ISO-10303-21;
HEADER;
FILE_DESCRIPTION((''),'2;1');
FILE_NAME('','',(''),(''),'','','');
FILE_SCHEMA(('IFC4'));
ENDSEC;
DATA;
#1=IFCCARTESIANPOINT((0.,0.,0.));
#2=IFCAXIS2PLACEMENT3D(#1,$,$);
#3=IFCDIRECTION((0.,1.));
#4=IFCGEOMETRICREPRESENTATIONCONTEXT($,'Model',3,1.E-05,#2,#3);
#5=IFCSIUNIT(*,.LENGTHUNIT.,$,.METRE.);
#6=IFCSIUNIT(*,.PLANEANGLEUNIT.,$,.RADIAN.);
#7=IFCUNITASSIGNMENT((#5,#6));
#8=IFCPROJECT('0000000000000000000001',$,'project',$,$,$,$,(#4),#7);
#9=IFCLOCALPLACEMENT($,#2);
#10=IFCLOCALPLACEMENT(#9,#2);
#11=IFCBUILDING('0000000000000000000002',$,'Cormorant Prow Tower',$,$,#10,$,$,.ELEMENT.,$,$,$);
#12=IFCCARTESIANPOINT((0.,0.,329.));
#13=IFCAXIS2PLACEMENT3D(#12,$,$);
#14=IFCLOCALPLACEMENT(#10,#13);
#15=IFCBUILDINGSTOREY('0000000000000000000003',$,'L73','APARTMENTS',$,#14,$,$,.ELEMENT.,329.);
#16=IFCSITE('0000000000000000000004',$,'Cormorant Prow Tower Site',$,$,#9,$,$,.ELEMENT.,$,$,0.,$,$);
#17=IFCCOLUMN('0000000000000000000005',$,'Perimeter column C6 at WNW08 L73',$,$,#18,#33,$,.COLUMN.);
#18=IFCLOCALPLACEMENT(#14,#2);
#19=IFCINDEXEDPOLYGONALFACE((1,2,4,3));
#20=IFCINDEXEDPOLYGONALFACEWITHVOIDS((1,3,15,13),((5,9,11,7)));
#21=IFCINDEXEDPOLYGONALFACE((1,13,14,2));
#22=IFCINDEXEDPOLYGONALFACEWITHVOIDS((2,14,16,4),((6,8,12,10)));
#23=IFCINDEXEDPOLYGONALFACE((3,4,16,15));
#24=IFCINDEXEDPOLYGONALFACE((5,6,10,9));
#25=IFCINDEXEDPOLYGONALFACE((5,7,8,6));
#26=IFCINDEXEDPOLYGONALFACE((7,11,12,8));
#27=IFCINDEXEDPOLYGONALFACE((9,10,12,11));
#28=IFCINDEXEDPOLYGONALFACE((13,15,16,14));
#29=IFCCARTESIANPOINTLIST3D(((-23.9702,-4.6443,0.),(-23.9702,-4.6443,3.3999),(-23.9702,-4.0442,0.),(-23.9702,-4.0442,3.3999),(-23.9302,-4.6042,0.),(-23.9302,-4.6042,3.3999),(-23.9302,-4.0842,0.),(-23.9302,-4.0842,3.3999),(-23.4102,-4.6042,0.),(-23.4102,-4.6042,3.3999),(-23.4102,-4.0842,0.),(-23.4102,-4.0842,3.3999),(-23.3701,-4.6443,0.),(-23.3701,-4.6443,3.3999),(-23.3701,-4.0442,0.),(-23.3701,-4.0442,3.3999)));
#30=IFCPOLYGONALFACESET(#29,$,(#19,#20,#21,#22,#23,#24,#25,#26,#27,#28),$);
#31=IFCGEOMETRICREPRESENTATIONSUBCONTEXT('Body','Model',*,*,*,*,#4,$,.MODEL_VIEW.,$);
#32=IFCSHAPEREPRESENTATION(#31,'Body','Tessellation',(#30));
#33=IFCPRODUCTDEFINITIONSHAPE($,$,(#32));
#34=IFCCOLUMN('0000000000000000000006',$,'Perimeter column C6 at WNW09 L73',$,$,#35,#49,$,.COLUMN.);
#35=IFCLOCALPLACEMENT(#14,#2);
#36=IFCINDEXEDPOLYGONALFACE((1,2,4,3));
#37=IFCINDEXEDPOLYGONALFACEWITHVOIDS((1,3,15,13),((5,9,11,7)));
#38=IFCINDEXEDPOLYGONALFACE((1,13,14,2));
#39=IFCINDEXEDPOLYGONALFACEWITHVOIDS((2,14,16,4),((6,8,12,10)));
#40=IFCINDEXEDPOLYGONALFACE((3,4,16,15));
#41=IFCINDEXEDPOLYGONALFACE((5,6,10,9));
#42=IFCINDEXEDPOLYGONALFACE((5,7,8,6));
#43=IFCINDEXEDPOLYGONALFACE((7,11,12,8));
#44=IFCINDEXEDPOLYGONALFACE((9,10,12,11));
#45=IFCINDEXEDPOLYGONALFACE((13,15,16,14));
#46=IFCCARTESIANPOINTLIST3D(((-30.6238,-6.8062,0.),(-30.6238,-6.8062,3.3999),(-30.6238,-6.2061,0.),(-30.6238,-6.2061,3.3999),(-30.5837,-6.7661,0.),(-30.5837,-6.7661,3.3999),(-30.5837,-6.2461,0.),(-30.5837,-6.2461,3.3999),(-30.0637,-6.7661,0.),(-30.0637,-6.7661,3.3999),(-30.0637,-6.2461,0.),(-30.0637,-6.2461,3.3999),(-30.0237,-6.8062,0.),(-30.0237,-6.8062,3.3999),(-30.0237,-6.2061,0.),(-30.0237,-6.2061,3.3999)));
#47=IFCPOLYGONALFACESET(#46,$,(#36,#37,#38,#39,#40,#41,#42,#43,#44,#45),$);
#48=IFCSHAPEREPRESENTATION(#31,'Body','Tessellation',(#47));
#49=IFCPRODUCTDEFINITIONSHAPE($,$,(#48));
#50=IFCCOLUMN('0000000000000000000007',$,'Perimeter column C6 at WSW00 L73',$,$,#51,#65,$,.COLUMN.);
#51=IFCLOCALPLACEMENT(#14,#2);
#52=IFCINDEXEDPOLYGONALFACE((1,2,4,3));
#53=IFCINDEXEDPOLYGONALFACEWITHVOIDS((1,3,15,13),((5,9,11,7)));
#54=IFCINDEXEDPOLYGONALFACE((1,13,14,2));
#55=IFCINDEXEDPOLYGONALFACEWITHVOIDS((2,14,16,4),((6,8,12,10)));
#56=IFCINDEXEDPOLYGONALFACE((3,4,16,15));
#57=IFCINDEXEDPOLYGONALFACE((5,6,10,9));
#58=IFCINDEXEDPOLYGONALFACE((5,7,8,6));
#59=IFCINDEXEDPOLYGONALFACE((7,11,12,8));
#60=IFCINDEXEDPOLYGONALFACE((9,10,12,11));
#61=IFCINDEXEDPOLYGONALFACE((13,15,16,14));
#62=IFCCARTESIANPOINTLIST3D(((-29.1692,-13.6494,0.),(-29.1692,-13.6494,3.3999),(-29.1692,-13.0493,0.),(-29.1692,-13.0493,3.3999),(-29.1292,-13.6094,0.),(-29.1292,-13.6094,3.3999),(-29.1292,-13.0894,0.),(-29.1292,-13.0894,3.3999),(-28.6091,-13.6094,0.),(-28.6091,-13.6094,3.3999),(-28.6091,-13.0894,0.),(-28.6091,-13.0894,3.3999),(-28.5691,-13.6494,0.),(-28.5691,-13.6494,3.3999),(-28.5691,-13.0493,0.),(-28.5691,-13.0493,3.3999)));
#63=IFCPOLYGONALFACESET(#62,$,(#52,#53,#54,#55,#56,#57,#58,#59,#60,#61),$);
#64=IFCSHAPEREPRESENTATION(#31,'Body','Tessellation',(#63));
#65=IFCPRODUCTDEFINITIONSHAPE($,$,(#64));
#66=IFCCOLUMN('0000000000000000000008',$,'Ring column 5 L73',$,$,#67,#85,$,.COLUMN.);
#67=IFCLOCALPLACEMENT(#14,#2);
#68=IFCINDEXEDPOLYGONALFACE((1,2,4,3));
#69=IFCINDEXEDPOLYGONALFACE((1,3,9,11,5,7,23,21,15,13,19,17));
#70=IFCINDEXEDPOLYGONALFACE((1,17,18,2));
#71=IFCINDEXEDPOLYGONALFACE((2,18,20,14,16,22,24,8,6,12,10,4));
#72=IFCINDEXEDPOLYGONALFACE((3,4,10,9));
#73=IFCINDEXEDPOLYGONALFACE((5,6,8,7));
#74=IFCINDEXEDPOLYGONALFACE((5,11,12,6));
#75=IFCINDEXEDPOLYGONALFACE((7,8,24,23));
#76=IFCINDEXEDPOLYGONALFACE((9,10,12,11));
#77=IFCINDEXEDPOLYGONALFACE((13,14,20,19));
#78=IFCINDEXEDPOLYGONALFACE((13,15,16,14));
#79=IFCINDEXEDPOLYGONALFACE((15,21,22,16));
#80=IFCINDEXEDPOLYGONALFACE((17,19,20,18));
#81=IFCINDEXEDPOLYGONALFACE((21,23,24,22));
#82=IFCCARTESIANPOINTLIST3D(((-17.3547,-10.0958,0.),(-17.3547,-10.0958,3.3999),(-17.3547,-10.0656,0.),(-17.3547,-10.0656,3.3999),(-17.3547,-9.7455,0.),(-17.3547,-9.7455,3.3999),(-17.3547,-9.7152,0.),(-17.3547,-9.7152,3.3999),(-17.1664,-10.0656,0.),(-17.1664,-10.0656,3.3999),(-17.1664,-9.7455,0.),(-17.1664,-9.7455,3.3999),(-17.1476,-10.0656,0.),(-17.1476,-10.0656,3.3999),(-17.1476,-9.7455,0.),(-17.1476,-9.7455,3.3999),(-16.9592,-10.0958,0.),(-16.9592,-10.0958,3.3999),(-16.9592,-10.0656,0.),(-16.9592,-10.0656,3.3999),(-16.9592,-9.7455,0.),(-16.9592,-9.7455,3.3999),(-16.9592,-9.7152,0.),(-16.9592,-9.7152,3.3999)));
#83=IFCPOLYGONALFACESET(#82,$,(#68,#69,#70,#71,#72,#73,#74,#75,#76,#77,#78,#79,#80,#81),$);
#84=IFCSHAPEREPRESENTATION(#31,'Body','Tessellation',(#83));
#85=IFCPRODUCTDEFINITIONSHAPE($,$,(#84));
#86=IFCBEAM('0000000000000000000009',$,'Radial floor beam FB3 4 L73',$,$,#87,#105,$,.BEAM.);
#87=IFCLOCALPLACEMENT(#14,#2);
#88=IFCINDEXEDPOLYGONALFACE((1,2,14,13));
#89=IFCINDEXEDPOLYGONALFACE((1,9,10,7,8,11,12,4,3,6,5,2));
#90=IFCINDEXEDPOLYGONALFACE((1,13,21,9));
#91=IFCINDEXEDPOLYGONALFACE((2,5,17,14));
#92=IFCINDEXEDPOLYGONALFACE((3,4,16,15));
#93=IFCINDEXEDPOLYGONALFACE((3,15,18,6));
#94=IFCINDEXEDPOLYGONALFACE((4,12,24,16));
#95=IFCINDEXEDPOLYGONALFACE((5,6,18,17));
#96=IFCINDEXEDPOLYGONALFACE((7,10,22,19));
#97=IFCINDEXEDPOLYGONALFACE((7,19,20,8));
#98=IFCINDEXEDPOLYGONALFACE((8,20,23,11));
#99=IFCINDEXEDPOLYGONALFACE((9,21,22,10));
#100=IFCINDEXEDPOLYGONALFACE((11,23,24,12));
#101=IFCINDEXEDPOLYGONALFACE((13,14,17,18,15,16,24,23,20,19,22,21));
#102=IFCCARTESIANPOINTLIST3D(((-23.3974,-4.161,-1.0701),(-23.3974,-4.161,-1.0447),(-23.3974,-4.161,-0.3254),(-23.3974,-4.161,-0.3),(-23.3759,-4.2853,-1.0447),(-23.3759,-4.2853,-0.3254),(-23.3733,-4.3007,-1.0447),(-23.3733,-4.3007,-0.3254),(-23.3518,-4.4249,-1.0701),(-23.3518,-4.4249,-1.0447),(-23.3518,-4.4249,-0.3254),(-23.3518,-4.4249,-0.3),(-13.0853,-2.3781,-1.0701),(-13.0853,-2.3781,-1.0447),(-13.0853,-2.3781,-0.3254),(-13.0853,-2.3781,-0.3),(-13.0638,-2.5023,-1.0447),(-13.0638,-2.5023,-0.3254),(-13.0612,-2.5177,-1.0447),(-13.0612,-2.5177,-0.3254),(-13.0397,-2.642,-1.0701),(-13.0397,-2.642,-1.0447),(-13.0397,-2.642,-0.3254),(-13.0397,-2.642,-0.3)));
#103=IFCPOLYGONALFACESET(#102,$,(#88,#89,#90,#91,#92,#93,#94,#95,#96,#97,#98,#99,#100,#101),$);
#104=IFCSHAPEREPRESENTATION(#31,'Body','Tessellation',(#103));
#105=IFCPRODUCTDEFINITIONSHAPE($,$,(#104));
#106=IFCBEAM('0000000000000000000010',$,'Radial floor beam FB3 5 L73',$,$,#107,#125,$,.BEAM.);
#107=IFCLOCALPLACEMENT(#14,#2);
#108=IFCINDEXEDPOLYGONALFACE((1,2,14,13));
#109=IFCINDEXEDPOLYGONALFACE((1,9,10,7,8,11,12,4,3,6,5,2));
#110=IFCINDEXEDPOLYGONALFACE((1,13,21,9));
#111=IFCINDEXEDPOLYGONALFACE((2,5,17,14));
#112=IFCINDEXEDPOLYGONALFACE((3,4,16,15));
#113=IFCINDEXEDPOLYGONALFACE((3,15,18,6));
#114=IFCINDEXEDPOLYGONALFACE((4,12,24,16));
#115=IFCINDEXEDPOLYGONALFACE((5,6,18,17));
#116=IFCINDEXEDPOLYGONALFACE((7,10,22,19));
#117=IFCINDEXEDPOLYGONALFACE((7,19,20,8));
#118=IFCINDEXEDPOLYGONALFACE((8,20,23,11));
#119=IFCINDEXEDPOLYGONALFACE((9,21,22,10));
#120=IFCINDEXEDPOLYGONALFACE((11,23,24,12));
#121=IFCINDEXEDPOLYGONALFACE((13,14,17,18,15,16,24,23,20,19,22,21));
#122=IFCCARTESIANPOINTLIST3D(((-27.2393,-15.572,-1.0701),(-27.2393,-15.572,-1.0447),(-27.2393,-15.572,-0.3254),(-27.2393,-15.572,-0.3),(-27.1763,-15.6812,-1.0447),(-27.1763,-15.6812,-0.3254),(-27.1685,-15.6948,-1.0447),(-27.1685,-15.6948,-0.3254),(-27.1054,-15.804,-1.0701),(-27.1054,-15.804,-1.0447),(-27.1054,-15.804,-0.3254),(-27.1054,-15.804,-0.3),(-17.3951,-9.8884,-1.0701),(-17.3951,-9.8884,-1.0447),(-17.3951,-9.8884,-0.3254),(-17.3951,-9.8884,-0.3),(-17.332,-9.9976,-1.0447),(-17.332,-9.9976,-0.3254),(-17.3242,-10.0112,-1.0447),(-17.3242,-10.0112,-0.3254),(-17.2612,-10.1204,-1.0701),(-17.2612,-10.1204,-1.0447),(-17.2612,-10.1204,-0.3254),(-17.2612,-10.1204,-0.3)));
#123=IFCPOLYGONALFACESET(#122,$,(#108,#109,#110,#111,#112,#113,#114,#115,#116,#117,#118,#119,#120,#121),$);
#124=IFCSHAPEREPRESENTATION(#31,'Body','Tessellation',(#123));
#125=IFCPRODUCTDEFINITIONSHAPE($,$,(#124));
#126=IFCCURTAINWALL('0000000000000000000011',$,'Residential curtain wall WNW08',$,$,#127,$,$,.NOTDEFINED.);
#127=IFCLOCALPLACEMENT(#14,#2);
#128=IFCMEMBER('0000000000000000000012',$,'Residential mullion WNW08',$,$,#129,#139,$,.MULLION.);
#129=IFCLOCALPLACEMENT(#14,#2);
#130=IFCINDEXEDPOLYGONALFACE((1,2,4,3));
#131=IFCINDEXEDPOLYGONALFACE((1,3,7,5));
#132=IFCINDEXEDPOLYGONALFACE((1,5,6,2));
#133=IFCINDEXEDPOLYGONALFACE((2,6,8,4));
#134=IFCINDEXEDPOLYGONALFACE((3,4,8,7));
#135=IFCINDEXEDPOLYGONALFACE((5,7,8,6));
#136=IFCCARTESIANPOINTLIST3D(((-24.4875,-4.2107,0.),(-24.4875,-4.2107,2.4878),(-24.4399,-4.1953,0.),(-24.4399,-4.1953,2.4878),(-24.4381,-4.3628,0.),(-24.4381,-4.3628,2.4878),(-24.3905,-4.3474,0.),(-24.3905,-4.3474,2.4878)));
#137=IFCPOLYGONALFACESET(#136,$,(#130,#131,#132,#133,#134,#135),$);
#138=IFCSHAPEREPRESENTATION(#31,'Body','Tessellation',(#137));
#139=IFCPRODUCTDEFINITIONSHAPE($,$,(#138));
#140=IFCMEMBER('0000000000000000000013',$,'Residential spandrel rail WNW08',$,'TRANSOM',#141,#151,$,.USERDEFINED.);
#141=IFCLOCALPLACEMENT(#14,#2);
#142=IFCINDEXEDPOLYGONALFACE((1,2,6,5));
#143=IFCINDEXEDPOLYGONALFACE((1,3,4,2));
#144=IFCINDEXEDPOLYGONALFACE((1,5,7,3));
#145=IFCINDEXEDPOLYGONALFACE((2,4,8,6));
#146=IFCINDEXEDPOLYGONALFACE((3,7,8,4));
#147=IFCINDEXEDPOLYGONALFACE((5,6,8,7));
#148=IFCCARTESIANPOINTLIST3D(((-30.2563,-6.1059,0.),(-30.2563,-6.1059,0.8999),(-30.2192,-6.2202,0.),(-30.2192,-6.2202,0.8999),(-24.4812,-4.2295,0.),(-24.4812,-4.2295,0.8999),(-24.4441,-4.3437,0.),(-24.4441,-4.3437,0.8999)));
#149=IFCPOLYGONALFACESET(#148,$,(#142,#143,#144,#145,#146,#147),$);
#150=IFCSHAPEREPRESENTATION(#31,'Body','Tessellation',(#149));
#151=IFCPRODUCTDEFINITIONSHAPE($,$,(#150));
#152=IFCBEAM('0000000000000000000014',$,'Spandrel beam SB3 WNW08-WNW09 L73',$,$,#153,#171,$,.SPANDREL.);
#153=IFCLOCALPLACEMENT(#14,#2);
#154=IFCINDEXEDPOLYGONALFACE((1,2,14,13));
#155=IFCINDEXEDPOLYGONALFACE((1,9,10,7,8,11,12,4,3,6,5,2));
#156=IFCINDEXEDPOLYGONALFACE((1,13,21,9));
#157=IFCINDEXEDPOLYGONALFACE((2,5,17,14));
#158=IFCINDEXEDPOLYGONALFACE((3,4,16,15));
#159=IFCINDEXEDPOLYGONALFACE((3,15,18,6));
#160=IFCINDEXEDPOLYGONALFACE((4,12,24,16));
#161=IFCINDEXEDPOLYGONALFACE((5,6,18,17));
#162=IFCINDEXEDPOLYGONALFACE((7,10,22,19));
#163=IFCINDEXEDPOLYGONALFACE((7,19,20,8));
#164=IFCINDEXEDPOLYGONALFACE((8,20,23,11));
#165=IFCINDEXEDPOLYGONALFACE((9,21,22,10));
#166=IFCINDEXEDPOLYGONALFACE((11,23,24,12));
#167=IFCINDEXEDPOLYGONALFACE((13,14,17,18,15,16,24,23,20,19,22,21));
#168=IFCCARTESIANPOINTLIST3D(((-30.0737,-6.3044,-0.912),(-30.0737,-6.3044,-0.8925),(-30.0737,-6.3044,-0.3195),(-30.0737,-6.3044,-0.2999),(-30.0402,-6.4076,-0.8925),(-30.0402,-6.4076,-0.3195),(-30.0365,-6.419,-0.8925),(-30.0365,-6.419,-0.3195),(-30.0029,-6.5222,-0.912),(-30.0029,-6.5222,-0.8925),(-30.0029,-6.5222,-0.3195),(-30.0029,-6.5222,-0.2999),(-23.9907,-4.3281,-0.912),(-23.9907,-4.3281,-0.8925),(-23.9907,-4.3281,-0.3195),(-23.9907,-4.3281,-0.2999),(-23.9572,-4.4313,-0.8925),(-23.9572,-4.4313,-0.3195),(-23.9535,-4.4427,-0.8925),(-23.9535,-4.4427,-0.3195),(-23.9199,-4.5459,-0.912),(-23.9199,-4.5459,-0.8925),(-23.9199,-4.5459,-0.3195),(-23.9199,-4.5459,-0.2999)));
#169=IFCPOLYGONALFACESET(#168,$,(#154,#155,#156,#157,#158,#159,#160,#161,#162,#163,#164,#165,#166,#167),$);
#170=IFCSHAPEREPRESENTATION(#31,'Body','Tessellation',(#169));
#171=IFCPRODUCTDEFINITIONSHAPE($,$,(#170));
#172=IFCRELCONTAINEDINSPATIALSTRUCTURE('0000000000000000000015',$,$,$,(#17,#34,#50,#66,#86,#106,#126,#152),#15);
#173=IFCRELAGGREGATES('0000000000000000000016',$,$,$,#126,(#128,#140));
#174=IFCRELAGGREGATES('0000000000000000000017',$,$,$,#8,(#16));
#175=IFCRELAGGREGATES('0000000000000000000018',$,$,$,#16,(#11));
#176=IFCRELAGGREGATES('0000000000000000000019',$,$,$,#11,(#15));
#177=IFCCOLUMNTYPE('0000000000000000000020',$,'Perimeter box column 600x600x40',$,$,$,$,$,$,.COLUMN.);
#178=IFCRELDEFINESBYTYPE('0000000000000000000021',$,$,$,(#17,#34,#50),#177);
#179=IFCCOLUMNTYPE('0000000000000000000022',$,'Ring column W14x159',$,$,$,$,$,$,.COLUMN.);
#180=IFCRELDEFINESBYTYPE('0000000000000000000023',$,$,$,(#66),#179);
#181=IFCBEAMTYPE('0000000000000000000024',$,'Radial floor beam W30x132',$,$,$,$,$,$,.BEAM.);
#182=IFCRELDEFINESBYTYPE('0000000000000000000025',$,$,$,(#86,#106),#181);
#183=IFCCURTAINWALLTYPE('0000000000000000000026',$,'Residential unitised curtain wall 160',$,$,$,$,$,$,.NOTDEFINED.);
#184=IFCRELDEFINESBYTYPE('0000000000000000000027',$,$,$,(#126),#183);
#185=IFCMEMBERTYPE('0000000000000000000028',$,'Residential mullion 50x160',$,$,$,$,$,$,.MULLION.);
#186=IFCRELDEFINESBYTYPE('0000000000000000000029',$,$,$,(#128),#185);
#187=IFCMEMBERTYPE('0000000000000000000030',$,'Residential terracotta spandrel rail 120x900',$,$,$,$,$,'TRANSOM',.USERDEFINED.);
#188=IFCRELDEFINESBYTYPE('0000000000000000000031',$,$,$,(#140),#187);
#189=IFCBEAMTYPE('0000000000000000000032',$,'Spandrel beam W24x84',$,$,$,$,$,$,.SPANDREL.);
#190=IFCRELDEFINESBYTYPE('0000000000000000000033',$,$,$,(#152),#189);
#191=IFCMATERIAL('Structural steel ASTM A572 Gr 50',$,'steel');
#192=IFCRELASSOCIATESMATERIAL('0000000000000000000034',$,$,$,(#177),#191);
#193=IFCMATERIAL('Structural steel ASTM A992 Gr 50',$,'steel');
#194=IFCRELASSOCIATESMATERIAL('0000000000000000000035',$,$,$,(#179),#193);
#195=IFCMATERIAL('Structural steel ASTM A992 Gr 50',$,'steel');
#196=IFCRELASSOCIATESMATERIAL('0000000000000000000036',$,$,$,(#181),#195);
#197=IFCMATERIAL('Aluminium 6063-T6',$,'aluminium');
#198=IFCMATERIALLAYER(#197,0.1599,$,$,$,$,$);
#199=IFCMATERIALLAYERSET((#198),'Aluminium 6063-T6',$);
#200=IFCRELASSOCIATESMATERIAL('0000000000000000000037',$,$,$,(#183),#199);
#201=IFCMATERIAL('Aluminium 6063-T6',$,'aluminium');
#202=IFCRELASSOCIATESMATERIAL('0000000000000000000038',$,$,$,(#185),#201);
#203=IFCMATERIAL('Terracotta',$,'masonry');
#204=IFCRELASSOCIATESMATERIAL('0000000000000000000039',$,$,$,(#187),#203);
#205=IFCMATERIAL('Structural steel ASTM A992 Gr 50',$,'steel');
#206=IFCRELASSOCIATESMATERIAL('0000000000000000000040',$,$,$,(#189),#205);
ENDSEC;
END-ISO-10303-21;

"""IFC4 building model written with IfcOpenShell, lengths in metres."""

from ifc_helpers import new_model, si_unit, direction, frame, origin, origin_2d, place, context, subcontext, project, spatial, rectangle, hollow_rectangle, i_section, extrude, material, layer, layer_set, material_profile, profile_set, type_object, element, aggregate, save


model = new_model("IFC4")

# Units and contexts
model_context = context("Model", 3, precision=1e-05, world=origin(), true_north=direction((0.0, 1.0)))
body_context = subcontext(model_context, "Body", "Model", "MODEL_VIEW")
ifc_project = project(units=[si_unit("LENGTHUNIT", "METRE"), si_unit("PLANEANGLEUNIT", "RADIAN")], contexts=[model_context])

# Site, building, storey
site_placement = place(None, origin())
site = spatial("IfcSite", under=ifc_project, at=site_placement, Name="Cormorant Prow Tower Site", CompositionType="ELEMENT", RefElevation=0.0)
building_placement = place(site_placement, origin())
building = spatial("IfcBuilding", under=site, at=building_placement, Name="Cormorant Prow Tower", CompositionType="ELEMENT")
storey_placement = place(building_placement, frame((0.0, 0.0, 329.0)))
storey = spatial("IfcBuildingStorey", under=building, at=storey_placement, Name="L73", Description="APARTMENTS", CompositionType="ELEMENT", Elevation=329.0)

# Columns
ifc_material_1 = material(Name="Structural steel ASTM A572 Gr 50", Category="steel")
ifc_material_profile_1 = material_profile(ifc_material_1, hollow_rectangle(XDim=0.6001, YDim=0.6001, WallThickness=0.04, at=origin_2d()), Name="Box 600x600x40")
ifc_profile_set_1 = profile_set([ifc_material_profile_1], Name="Structural steel ASTM A572 Gr 50")
column_type_1 = type_object("IfcColumnType", Name="Perimeter box column 600x600x40", PredefinedType="COLUMN", material=ifc_profile_set_1)
for number, where, z_axis, x_axis, name in (
    (1, (-23.6702, -4.3442, 0.0), (0.0, 0.0, 1.0), (1.0, 0.0, 0.0), "Perimeter column C6 at WNW08 L73"),
    (2, (-30.3237, -6.5061, 0.0), (0.0, 0.0, 1.0), (1.0, 0.0, 0.0), "Perimeter column C6 at WNW09 L73"),
    (3, (-28.8691, -13.3494, 0.0), (0.0, 0.0, 1.0), (1.0, 0.0, 0.0), "Perimeter column C6 at WSW00 L73"),
):
    element("IfcColumn", number, at=place(storey_placement, frame(where, z_axis=z_axis, x_axis=x_axis)), inside=storey, type_object=column_type_1, Name=name, PredefinedType="COLUMN", context=body_context, shape_type="SweptSolid", body=[
        extrude(hollow_rectangle(XDim=0.6001, YDim=0.6001, WallThickness=0.04, at=origin_2d()), origin(), (0.0, 0.0, 1.0), 3.3999),
    ])
ifc_material_2 = material(Name="Structural steel ASTM A992 Gr 50", Category="steel")
ifc_material_profile_2 = material_profile(ifc_material_2, i_section(OverallWidth=0.3955, OverallDepth=0.3806, WebThickness=0.0188, FlangeThickness=0.0303, at=origin_2d()), Name="W14x159")
ifc_profile_set_2 = profile_set([ifc_material_profile_2], Name="Structural steel ASTM A992 Gr 50")
column_type_2 = type_object("IfcColumnType", Name="Ring column W14x159", PredefinedType="COLUMN", material=ifc_profile_set_2)
column_placement = place(storey_placement, frame((-17.157, -9.9055, 0.0), z_axis=(0.0, 0.0, 1.0), x_axis=(1.0, 0.0, 0.0)))
element("IfcColumn", 4, at=column_placement, inside=storey, type_object=column_type_2, Name="Ring column 5 L73", PredefinedType="COLUMN", context=body_context, shape_type="SweptSolid", body=[
    extrude(i_section(OverallWidth=0.3955, OverallDepth=0.3806, WebThickness=0.0188, FlangeThickness=0.0303, at=origin_2d()), origin(), (0.0, 0.0, 1.0), 3.3999),
])

# Beams
ifc_material_3 = material(Name="Structural steel ASTM A992 Gr 50", Category="steel")
ifc_material_profile_3 = material_profile(ifc_material_3, i_section(OverallWidth=0.2678, OverallDepth=0.77, WebThickness=0.0156, FlangeThickness=0.0254, at=origin_2d()), Name="W30x132")
ifc_profile_set_3 = profile_set([ifc_material_profile_3], Name="Structural steel ASTM A992 Gr 50")
beam_type_1 = type_object("IfcBeamType", Name="Radial floor beam W30x132", PredefinedType="BEAM", material=ifc_profile_set_3)
beam_1_placement = place(storey_placement, frame((-13.0625, -2.51, -0.6851), z_axis=(-0.98538, -0.170373, 0.0), x_axis=(0.170373, -0.98538, 0.0)))
element("IfcBeam", 5, at=beam_1_placement, inside=storey, type_object=beam_type_1, Name="Radial floor beam FB3 4 L73", PredefinedType="BEAM", context=body_context, shape_type="SweptSolid", body=[
    extrude(i_section(OverallWidth=0.2678, OverallDepth=0.77, WebThickness=0.0156, FlangeThickness=0.0254, at=origin_2d()), origin(), (0.0, 0.0, 1.0), 10.4651),
])
beam_2_placement = place(storey_placement, frame((-17.3281, -10.0044, -0.6851), z_axis=(-0.866025, -0.500001, 0.0), x_axis=(0.500001, -0.866025, 0.0)))
element("IfcBeam", 6, at=beam_2_placement, inside=storey, type_object=beam_type_1, Name="Radial floor beam FB3 5 L73", PredefinedType="BEAM", context=body_context, shape_type="SweptSolid", body=[
    extrude(i_section(OverallWidth=0.2678, OverallDepth=0.77, WebThickness=0.0156, FlangeThickness=0.0254, at=origin_2d()), origin(), (0.0, 0.0, 1.0), 11.3672),
])

# Curtain wall, members
ifc_material_4 = material(Name="Aluminium 6063-T6", Category="aluminium")
ifc_layer_1 = layer(ifc_material_4, 0.1599)
ifc_layer_set_1 = layer_set([ifc_layer_1], Name="Aluminium 6063-T6")
curtain_wall_type = type_object("IfcCurtainWallType", Name="Residential unitised curtain wall 160", PredefinedType="NOTDEFINED", material=ifc_layer_set_1)
curtain_wall_placement = place(storey_placement, origin())
curtain_wall = element("IfcCurtainWall", 7, at=curtain_wall_placement, inside=storey, type_object=curtain_wall_type, Name="Residential curtain wall WNW08", PredefinedType="NOTDEFINED")
ifc_material_5 = material(Name="Aluminium 6063-T6", Category="aluminium")
ifc_material_profile_4 = material_profile(ifc_material_5, rectangle(XDim=0.1599, YDim=0.05, at=origin_2d()), Name="Residential mullion 50x160")
ifc_profile_set_4 = profile_set([ifc_material_profile_4], Name="Aluminium 6063-T6")
member_type_1 = type_object("IfcMemberType", Name="Residential mullion 50x160", PredefinedType="MULLION", material=ifc_profile_set_4)
member_1_placement = place(storey_placement, frame((-24.439, -4.2791, 0.0), z_axis=(0.0, 0.0, 1.0), x_axis=(0.309017, -0.951057, 0.0)))
member_1 = element("IfcMember", 8, at=member_1_placement, type_object=member_type_1, Name="Residential mullion WNW08", PredefinedType="MULLION", context=body_context, shape_type="SweptSolid", body=[
    extrude(rectangle(XDim=0.1599, YDim=0.05, at=origin_2d()), origin(), (0.0, 0.0, 1.0), 2.4878),
])
ifc_material_6 = material(Name="Terracotta", Category="masonry")
ifc_material_profile_5 = material_profile(ifc_material_6, rectangle(XDim=0.1201, YDim=0.8999, at=origin_2d()), Name="Residential terracotta spandrel rail 120x900")
ifc_profile_set_5 = profile_set([ifc_material_profile_5], Name="Terracotta")
member_type_2 = type_object("IfcMemberType", Name="Residential terracotta spandrel rail 120x900", ElementType="TRANSOM", PredefinedType="USERDEFINED", material=ifc_profile_set_5)
member_2_placement = place(storey_placement, frame((-24.4626, -4.2866, 0.45), z_axis=(-0.951056, -0.309018, 0.0), x_axis=(0.309018, -0.951056, 0.0)))
member_2 = element("IfcMember", 9, at=member_2_placement, type_object=member_type_2, Name="Residential spandrel rail WNW08", ObjectType="TRANSOM", PredefinedType="USERDEFINED", context=body_context, shape_type="SweptSolid", body=[
    extrude(rectangle(XDim=0.1201, YDim=0.8999, at=origin_2d()), origin(), (0.0, 0.0, 1.0), 6.0723),
])

# Beam
ifc_material_7 = material(Name="Structural steel ASTM A992 Gr 50", Category="steel")
ifc_material_profile_6 = material_profile(ifc_material_7, i_section(OverallWidth=0.229, OverallDepth=0.6121, WebThickness=0.012, FlangeThickness=0.0195, at=origin_2d()), Name="W24x84")
ifc_profile_set_6 = profile_set([ifc_material_profile_6], Name="Structural steel ASTM A992 Gr 50")
beam_type_2 = type_object("IfcBeamType", Name="Spandrel beam W24x84", PredefinedType="SPANDREL", material=ifc_profile_set_6)
beam_3_placement = place(storey_placement, frame((-23.9553, -4.437, -0.606), z_axis=(-0.951064, -0.308993, 0.0), x_axis=(0.308993, -0.951064, 0.0)))
element("IfcBeam", 10, at=beam_3_placement, inside=storey, type_object=beam_type_2, Name="Spandrel beam SB3 WNW08-WNW09 L73", PredefinedType="SPANDREL", context=body_context, shape_type="SweptSolid", body=[
    extrude(i_section(OverallWidth=0.229, OverallDepth=0.6121, WebThickness=0.012, FlangeThickness=0.0195, at=origin_2d()), origin(), (0.0, 0.0, 1.0), 6.396),
])

aggregate(curtain_wall, [member_1, member_2])

save(model, "model.ifc")
